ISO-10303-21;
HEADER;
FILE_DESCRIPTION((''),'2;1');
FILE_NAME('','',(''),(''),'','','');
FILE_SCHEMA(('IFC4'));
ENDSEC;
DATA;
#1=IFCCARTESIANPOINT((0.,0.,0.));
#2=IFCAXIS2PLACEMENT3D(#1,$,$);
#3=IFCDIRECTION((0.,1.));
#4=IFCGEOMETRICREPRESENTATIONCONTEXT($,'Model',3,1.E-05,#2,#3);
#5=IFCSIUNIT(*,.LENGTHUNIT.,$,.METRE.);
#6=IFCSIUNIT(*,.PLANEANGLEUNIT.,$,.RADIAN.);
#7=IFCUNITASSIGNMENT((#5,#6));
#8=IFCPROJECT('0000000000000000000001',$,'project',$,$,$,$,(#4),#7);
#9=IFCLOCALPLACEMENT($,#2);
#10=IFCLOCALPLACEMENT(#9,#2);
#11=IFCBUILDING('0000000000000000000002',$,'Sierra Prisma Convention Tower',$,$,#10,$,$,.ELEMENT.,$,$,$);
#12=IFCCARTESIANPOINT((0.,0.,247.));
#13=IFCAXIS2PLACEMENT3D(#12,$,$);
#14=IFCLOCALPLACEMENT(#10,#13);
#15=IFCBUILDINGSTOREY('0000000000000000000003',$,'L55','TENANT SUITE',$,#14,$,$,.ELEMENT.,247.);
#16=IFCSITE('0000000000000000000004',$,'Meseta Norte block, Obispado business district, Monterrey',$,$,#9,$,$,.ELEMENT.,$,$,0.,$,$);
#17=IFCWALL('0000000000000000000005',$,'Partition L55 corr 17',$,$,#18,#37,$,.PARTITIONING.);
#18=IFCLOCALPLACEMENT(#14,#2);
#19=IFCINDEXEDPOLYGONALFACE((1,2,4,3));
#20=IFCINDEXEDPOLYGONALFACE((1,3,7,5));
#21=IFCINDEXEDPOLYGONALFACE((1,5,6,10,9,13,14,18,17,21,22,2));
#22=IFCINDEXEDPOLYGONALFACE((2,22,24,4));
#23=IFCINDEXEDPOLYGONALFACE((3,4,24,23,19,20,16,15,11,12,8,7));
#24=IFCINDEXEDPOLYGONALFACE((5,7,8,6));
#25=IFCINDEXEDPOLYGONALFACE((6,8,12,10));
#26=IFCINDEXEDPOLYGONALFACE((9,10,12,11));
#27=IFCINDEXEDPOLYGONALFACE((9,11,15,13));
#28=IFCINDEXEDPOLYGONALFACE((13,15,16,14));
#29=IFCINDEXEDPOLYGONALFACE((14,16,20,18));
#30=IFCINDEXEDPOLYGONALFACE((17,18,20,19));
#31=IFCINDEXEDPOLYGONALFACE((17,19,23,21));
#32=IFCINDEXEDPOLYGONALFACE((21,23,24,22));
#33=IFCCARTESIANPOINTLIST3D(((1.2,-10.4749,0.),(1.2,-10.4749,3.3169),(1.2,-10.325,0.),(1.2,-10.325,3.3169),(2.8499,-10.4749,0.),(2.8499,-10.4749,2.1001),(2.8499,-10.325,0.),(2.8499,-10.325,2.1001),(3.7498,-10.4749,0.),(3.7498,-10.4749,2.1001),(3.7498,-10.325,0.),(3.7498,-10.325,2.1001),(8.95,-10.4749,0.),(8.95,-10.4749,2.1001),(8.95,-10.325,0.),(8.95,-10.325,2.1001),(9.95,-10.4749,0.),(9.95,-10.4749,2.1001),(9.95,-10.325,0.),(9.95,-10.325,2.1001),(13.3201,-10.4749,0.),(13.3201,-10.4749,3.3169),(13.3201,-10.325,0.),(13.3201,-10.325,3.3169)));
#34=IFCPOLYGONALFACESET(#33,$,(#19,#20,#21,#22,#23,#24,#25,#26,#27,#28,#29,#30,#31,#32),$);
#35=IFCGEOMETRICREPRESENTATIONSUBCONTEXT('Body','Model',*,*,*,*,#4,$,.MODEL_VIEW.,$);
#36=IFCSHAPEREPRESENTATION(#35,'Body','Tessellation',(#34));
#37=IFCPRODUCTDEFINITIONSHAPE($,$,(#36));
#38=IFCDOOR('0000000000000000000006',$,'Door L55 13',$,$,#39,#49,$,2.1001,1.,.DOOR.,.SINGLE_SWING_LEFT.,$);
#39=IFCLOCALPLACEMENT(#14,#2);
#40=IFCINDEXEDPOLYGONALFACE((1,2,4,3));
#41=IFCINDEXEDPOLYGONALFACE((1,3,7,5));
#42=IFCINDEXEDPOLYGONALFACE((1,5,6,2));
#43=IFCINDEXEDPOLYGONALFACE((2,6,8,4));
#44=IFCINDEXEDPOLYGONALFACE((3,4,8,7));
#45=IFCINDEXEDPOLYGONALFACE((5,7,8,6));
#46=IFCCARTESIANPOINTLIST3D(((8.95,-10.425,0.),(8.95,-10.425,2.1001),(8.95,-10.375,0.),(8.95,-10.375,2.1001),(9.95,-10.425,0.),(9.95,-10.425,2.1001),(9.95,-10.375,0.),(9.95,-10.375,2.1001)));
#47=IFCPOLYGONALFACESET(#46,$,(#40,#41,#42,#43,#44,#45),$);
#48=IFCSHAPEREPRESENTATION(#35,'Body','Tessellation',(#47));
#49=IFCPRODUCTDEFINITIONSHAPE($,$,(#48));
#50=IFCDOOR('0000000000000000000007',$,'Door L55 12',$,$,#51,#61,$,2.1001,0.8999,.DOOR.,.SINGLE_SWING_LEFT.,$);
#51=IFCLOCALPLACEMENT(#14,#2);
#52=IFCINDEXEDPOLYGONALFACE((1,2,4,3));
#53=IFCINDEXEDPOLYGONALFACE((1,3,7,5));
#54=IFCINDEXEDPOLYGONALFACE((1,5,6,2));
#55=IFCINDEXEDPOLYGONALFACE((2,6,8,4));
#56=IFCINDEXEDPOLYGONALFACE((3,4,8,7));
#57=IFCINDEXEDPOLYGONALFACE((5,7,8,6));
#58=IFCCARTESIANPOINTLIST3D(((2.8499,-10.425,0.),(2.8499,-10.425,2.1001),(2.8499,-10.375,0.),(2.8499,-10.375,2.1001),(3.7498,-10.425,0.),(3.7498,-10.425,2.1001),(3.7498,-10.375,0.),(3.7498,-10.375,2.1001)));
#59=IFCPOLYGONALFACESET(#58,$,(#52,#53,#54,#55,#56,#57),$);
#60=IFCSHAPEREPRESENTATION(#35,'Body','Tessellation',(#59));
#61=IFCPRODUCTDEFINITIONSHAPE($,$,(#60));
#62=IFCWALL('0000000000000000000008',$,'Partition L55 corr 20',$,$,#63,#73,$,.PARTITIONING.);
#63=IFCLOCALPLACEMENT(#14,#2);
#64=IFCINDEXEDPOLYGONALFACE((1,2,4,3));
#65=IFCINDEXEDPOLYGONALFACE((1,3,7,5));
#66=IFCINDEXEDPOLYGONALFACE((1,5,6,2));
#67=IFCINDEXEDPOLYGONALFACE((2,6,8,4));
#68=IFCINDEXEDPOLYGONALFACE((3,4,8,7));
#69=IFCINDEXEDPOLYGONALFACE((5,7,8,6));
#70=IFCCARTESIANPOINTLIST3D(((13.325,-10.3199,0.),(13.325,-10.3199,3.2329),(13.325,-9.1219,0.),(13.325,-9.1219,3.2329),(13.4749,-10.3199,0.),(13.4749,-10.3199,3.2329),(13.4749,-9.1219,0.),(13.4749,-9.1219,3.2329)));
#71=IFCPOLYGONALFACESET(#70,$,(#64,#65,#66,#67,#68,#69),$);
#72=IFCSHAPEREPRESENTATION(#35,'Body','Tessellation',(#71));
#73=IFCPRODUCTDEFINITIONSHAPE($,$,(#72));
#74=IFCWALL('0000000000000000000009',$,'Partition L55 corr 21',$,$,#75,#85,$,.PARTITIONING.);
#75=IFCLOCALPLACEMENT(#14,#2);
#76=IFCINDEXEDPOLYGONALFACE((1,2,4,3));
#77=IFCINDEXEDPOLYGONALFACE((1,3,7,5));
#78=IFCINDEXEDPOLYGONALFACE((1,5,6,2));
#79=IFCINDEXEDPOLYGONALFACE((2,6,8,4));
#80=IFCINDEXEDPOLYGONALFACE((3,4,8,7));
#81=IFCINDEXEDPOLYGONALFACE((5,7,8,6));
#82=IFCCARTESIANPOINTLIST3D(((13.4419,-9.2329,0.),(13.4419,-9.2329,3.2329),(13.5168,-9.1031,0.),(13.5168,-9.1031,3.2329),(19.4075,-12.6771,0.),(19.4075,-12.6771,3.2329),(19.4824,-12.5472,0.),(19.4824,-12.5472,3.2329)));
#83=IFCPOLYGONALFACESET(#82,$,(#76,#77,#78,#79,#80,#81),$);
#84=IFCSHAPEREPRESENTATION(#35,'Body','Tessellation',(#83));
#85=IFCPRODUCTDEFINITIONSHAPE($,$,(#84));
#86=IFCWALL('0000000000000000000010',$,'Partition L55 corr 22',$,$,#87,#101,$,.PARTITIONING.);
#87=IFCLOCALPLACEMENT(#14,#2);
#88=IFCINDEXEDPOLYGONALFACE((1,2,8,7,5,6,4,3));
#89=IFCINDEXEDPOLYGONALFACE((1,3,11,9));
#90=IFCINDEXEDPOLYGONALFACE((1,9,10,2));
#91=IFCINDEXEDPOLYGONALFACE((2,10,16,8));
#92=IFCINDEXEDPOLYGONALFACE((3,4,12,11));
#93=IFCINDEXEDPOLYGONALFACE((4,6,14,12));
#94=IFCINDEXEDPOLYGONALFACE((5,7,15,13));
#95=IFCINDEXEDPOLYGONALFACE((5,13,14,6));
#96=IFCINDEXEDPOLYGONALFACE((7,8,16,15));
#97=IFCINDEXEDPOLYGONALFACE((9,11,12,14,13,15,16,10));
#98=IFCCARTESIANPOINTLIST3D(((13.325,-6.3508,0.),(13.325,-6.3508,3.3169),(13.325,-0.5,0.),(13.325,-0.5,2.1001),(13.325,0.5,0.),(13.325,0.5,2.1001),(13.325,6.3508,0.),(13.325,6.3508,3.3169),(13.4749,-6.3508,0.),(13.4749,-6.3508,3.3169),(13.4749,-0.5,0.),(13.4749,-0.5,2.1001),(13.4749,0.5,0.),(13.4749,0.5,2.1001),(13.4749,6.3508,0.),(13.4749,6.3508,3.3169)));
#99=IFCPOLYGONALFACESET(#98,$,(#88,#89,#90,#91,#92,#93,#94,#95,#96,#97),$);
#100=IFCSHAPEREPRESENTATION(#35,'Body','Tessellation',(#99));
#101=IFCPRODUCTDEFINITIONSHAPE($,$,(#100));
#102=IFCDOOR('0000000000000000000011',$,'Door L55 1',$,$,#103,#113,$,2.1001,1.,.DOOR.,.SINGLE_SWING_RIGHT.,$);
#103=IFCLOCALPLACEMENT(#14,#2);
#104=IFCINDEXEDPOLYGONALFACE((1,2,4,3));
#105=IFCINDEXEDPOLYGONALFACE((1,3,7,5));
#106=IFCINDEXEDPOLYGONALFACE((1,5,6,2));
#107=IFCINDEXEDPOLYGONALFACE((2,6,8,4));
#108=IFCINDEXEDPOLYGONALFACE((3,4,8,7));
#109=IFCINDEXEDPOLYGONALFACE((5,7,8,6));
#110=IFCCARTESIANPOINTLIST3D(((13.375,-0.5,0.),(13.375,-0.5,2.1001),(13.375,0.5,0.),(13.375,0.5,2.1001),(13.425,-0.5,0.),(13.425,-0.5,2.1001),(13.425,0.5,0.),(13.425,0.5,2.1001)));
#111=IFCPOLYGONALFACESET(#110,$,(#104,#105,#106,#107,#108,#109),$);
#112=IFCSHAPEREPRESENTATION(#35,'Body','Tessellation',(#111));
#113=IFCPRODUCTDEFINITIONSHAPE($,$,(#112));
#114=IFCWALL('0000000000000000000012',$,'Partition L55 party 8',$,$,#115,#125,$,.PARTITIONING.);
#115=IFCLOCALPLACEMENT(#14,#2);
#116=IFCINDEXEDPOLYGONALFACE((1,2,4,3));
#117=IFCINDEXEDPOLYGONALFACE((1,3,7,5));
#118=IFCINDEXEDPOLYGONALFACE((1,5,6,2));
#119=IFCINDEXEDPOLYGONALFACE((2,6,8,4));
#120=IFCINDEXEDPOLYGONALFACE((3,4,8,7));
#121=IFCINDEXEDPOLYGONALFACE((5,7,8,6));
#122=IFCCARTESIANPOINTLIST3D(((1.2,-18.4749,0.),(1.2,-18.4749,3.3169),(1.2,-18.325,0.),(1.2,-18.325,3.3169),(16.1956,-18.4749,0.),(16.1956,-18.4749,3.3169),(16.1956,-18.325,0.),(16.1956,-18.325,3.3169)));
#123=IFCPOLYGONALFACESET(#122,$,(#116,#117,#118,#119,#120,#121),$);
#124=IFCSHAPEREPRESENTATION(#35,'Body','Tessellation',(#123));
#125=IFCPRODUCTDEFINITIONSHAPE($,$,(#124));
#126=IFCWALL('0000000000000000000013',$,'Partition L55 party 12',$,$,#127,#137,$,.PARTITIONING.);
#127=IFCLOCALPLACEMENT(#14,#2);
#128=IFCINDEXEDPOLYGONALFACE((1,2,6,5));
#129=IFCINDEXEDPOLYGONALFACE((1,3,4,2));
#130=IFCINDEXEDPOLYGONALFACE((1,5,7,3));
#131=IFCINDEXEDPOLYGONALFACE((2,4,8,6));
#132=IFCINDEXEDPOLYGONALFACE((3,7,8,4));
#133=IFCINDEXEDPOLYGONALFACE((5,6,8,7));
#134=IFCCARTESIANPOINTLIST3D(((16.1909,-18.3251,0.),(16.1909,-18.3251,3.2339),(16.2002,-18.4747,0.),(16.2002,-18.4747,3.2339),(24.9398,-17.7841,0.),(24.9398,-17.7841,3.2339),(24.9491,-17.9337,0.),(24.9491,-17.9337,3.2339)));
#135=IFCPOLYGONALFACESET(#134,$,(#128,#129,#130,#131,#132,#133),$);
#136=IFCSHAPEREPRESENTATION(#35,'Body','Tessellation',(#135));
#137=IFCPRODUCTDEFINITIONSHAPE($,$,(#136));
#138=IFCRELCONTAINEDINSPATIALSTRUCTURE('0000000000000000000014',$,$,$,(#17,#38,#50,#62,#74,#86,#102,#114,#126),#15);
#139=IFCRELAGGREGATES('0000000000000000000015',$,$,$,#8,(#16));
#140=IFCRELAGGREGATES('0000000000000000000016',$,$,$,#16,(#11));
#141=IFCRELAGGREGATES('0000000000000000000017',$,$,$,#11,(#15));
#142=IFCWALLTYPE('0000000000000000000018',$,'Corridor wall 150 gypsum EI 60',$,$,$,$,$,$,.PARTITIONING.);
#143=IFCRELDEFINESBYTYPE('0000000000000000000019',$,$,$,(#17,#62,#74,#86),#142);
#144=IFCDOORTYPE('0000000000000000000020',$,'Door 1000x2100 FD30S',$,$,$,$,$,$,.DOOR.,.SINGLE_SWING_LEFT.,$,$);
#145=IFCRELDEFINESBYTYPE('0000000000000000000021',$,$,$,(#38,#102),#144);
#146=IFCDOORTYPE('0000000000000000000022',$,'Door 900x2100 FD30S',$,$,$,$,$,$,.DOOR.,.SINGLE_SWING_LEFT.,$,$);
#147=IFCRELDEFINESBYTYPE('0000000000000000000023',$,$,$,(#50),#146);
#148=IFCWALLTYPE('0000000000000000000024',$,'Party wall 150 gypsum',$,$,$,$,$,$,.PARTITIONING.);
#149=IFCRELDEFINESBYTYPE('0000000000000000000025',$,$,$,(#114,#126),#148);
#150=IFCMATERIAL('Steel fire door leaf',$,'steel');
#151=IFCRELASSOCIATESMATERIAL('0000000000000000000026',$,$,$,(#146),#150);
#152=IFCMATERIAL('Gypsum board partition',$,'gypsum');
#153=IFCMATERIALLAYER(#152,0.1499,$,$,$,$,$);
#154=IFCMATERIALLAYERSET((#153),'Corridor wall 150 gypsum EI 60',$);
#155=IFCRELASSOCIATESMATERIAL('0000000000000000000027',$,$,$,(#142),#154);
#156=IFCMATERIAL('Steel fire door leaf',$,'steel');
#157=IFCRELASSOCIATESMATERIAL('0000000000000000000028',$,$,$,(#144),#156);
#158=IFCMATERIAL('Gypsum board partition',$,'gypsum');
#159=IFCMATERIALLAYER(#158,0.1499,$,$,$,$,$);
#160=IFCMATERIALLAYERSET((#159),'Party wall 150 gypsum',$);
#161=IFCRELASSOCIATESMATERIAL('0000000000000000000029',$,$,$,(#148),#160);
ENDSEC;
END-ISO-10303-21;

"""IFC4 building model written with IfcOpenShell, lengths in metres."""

from ifc_helpers import new_model, si_unit, direction, frame, frame_2d, origin, place, context, subcontext, project, spatial, rectangle, extrude, material, layer, layer_set, type_object, element, fill, save


model = new_model("IFC4")

# Units and contexts
model_context = context("Model", 3, precision=1e-05, world=origin(), true_north=direction((0.0, 1.0)))
body_context = subcontext(model_context, "Body", "Model", "MODEL_VIEW")
ifc_project = project(units=[si_unit("LENGTHUNIT", "METRE"), si_unit("PLANEANGLEUNIT", "RADIAN")], contexts=[model_context])

# Site, building, storey
site_placement = place(None, origin())
site = spatial("IfcSite", under=ifc_project, at=site_placement, Name="Meseta Norte block, Obispado business district, Monterrey", CompositionType="ELEMENT", RefElevation=0.0)
building_placement = place(site_placement, origin())
building = spatial("IfcBuilding", under=site, at=building_placement, Name="Sierra Prisma Convention Tower", CompositionType="ELEMENT")
storey_placement = place(building_placement, frame((0.0, 0.0, 247.0)))
storey = spatial("IfcBuildingStorey", under=building, at=storey_placement, Name="L55", Description="TENANT SUITE", CompositionType="ELEMENT", Elevation=247.0)

# Shared definitions
ifc_material_1 = material(Name="Steel fire door leaf", Category="steel")
door_type_1 = type_object("IfcDoorType", Name="Door 900x2100 FD30S", OperationType="SINGLE_SWING_LEFT", PredefinedType="DOOR", material=ifc_material_1)

# Shared definitions
ifc_material_2 = material(Name="Gypsum board partition", Category="gypsum")
ifc_layer_1 = layer(ifc_material_2, 0.1499)
ifc_layer_set_1 = layer_set([ifc_layer_1], Name="Corridor wall 150 gypsum EI 60")
wall_type_1 = type_object("IfcWallType", Name="Corridor wall 150 gypsum EI 60", PredefinedType="PARTITIONING", material=ifc_layer_set_1)

# Wall, openings, doors
wall_1_placement = place(storey_placement, frame((1.2, -10.3999, 0.0), z_axis=(0.0, 0.0, 1.0), x_axis=(1.0, 0.0, 0.0)))
wall_1 = element("IfcWall", 1, at=wall_1_placement, inside=storey, type_object=wall_type_1, Name="Partition L55 corr 17", PredefinedType="PARTITIONING", context=body_context, shape_type="SweptSolid", body=[
    extrude(rectangle(XDim=12.1201, YDim=0.1499, at=frame_2d((6.0601, 0.0))), origin(), (0.0, 0.0, 1.0), 3.3169),
])
opening_1_placement = place(wall_1_placement, frame((1.6499, 0.0, 0.0)))
opening_1 = element("IfcOpeningElement", 2, at=opening_1_placement, cuts=wall_1, PredefinedType="OPENING", context=body_context, shape_type="SweptSolid", body=[
    extrude(rectangle(XDim=0.8999, YDim=2.1001, at=frame_2d((0.45, 1.05))), frame((0.0, 0.075, 0.0), z_axis=(0.0, -1.0, 0.0), x_axis=(1.0, 0.0, 0.0)), (0.0, 0.0, 1.0), 0.1499),
])
opening_2_placement = place(wall_1_placement, frame((7.75, 0.0, 0.0)))
opening_2 = element("IfcOpeningElement", 3, at=opening_2_placement, cuts=wall_1, PredefinedType="OPENING", context=body_context, shape_type="SweptSolid", body=[
    extrude(rectangle(XDim=1.0, YDim=2.1001, at=frame_2d((0.5, 1.05))), frame((0.0, 0.075, 0.0), z_axis=(0.0, -1.0, 0.0), x_axis=(1.0, 0.0, 0.0)), (0.0, 0.0, 1.0), 0.1499),
])
ifc_material_3 = material(Name="Steel fire door leaf", Category="steel")
door_type_2 = type_object("IfcDoorType", Name="Door 1000x2100 FD30S", OperationType="SINGLE_SWING_LEFT", PredefinedType="DOOR", material=ifc_material_3)
door_1_placement = place(opening_2_placement, origin())
door_1 = element("IfcDoor", 4, at=door_1_placement, inside=storey, type_object=door_type_2, Name="Door L55 13", OperationType="SINGLE_SWING_LEFT", OverallHeight=2.1001, OverallWidth=1.0, PredefinedType="DOOR", context=body_context, shape_type="SweptSolid", body=[
    extrude(rectangle(XDim=1.0, YDim=2.1001, at=frame_2d((0.5, 1.05))), frame((0.0, 0.0249, 0.0), z_axis=(0.0, -1.0, 0.0), x_axis=(1.0, 0.0, 0.0)), (0.0, 0.0, 1.0), 0.05),
])
fill(opening_2, door_1)
door_2_placement = place(opening_1_placement, origin())
door_2 = element("IfcDoor", 5, at=door_2_placement, inside=storey, type_object=door_type_1, Name="Door L55 12", OperationType="SINGLE_SWING_LEFT", OverallHeight=2.1001, OverallWidth=0.8999, PredefinedType="DOOR", context=body_context, shape_type="SweptSolid", body=[
    extrude(rectangle(XDim=0.8999, YDim=2.1001, at=frame_2d((0.45, 1.05))), frame((0.0, 0.0249, 0.0), z_axis=(0.0, -1.0, 0.0), x_axis=(1.0, 0.0, 0.0)), (0.0, 0.0, 1.0), 0.05),
])
fill(opening_1, door_2)

# Walls
wall_2_placement = place(storey_placement, frame((13.3999, -10.3201, 0.0), z_axis=(0.0, 0.0, 1.0), x_axis=(0.0, 1.0, 0.0)))
element("IfcWall", 6, at=wall_2_placement, inside=storey, type_object=wall_type_1, Name="Partition L55 corr 20", PredefinedType="PARTITIONING", context=body_context, shape_type="SweptSolid", body=[
    extrude(rectangle(XDim=1.198, YDim=0.1499, at=frame_2d((0.5991, 0.0))), origin(), (0.0, 0.0, 1.0), 3.2329),
])
wall_3_placement = place(storey_placement, frame((13.4792, -9.168, 0.0), z_axis=(0.0, 0.0, 1.0), x_axis=(0.866034, -0.499985, 0.0)))
element("IfcWall", 7, at=wall_3_placement, inside=storey, type_object=wall_type_1, Name="Partition L55 corr 21", PredefinedType="PARTITIONING", context=body_context, shape_type="SweptSolid", body=[
    extrude(rectangle(XDim=6.8884, YDim=0.1499, at=frame_2d((3.4443, 0.0))), origin(), (0.0, 0.0, 1.0), 3.2329),
])

# Wall, opening, door
wall_4_placement = place(storey_placement, frame((13.3999, -6.3508, 0.0), z_axis=(0.0, 0.0, 1.0), x_axis=(0.0, 1.0, 0.0)))
wall_4 = element("IfcWall", 8, at=wall_4_placement, inside=storey, type_object=wall_type_1, Name="Partition L55 corr 22", PredefinedType="PARTITIONING", context=body_context, shape_type="SweptSolid", body=[
    extrude(rectangle(XDim=12.7017, YDim=0.1499, at=frame_2d((6.3508, 0.0))), origin(), (0.0, 0.0, 1.0), 3.3169),
])
opening_3_placement = place(wall_4_placement, frame((5.8508, 0.0, 0.0)))
opening_3 = element("IfcOpeningElement", 9, at=opening_3_placement, cuts=wall_4, PredefinedType="OPENING", context=body_context, shape_type="SweptSolid", body=[
    extrude(rectangle(XDim=1.0, YDim=2.1001, at=frame_2d((0.5, 1.05))), frame((0.0, 0.075, 0.0), z_axis=(0.0, -1.0, 0.0), x_axis=(1.0, 0.0, 0.0)), (0.0, 0.0, 1.0), 0.1499),
])
door_3_placement = place(opening_3_placement, origin())
door_3 = element("IfcDoor", 10, at=door_3_placement, inside=storey, type_object=door_type_2, Name="Door L55 1", OperationType="SINGLE_SWING_RIGHT", OverallHeight=2.1001, OverallWidth=1.0, PredefinedType="DOOR", context=body_context, shape_type="SweptSolid", body=[
    extrude(rectangle(XDim=1.0, YDim=2.1001, at=frame_2d((0.5, 1.05))), frame((0.0, 0.0249, 0.0), z_axis=(0.0, -1.0, 0.0), x_axis=(1.0, 0.0, 0.0)), (0.0, 0.0, 1.0), 0.05),
])
fill(opening_3, door_3)

# Walls
ifc_material_4 = material(Name="Gypsum board partition", Category="gypsum")
ifc_layer_2 = layer(ifc_material_4, 0.1499)
ifc_layer_set_2 = layer_set([ifc_layer_2], Name="Party wall 150 gypsum")
wall_type_2 = type_object("IfcWallType", Name="Party wall 150 gypsum", PredefinedType="PARTITIONING", material=ifc_layer_set_2)
wall_5_placement = place(storey_placement, frame((1.2, -18.3999, 0.0), z_axis=(0.0, 0.0, 1.0), x_axis=(1.0, 0.0, 0.0)))
element("IfcWall", 11, at=wall_5_placement, inside=storey, type_object=wall_type_2, Name="Partition L55 party 8", PredefinedType="PARTITIONING", context=body_context, shape_type="SweptSolid", body=[
    extrude(rectangle(XDim=14.9956, YDim=0.1499, at=frame_2d((7.4978, 0.0))), origin(), (0.0, 0.0, 1.0), 3.3169),
])
wall_6_placement = place(storey_placement, frame((16.1956, -18.3999, 0.0), z_axis=(0.0, 0.0, 1.0), x_axis=(0.998094, 0.061719, 0.0)))
element("IfcWall", 12, at=wall_6_placement, inside=storey, type_object=wall_type_2, Name="Partition L55 party 12", PredefinedType="PARTITIONING", context=body_context, shape_type="SweptSolid", body=[
    extrude(rectangle(XDim=8.7656, YDim=0.1499, at=frame_2d((4.3828, 0.0))), origin(), (0.0, 0.0, 1.0), 3.2339),
])

save(model, "model.ifc")
